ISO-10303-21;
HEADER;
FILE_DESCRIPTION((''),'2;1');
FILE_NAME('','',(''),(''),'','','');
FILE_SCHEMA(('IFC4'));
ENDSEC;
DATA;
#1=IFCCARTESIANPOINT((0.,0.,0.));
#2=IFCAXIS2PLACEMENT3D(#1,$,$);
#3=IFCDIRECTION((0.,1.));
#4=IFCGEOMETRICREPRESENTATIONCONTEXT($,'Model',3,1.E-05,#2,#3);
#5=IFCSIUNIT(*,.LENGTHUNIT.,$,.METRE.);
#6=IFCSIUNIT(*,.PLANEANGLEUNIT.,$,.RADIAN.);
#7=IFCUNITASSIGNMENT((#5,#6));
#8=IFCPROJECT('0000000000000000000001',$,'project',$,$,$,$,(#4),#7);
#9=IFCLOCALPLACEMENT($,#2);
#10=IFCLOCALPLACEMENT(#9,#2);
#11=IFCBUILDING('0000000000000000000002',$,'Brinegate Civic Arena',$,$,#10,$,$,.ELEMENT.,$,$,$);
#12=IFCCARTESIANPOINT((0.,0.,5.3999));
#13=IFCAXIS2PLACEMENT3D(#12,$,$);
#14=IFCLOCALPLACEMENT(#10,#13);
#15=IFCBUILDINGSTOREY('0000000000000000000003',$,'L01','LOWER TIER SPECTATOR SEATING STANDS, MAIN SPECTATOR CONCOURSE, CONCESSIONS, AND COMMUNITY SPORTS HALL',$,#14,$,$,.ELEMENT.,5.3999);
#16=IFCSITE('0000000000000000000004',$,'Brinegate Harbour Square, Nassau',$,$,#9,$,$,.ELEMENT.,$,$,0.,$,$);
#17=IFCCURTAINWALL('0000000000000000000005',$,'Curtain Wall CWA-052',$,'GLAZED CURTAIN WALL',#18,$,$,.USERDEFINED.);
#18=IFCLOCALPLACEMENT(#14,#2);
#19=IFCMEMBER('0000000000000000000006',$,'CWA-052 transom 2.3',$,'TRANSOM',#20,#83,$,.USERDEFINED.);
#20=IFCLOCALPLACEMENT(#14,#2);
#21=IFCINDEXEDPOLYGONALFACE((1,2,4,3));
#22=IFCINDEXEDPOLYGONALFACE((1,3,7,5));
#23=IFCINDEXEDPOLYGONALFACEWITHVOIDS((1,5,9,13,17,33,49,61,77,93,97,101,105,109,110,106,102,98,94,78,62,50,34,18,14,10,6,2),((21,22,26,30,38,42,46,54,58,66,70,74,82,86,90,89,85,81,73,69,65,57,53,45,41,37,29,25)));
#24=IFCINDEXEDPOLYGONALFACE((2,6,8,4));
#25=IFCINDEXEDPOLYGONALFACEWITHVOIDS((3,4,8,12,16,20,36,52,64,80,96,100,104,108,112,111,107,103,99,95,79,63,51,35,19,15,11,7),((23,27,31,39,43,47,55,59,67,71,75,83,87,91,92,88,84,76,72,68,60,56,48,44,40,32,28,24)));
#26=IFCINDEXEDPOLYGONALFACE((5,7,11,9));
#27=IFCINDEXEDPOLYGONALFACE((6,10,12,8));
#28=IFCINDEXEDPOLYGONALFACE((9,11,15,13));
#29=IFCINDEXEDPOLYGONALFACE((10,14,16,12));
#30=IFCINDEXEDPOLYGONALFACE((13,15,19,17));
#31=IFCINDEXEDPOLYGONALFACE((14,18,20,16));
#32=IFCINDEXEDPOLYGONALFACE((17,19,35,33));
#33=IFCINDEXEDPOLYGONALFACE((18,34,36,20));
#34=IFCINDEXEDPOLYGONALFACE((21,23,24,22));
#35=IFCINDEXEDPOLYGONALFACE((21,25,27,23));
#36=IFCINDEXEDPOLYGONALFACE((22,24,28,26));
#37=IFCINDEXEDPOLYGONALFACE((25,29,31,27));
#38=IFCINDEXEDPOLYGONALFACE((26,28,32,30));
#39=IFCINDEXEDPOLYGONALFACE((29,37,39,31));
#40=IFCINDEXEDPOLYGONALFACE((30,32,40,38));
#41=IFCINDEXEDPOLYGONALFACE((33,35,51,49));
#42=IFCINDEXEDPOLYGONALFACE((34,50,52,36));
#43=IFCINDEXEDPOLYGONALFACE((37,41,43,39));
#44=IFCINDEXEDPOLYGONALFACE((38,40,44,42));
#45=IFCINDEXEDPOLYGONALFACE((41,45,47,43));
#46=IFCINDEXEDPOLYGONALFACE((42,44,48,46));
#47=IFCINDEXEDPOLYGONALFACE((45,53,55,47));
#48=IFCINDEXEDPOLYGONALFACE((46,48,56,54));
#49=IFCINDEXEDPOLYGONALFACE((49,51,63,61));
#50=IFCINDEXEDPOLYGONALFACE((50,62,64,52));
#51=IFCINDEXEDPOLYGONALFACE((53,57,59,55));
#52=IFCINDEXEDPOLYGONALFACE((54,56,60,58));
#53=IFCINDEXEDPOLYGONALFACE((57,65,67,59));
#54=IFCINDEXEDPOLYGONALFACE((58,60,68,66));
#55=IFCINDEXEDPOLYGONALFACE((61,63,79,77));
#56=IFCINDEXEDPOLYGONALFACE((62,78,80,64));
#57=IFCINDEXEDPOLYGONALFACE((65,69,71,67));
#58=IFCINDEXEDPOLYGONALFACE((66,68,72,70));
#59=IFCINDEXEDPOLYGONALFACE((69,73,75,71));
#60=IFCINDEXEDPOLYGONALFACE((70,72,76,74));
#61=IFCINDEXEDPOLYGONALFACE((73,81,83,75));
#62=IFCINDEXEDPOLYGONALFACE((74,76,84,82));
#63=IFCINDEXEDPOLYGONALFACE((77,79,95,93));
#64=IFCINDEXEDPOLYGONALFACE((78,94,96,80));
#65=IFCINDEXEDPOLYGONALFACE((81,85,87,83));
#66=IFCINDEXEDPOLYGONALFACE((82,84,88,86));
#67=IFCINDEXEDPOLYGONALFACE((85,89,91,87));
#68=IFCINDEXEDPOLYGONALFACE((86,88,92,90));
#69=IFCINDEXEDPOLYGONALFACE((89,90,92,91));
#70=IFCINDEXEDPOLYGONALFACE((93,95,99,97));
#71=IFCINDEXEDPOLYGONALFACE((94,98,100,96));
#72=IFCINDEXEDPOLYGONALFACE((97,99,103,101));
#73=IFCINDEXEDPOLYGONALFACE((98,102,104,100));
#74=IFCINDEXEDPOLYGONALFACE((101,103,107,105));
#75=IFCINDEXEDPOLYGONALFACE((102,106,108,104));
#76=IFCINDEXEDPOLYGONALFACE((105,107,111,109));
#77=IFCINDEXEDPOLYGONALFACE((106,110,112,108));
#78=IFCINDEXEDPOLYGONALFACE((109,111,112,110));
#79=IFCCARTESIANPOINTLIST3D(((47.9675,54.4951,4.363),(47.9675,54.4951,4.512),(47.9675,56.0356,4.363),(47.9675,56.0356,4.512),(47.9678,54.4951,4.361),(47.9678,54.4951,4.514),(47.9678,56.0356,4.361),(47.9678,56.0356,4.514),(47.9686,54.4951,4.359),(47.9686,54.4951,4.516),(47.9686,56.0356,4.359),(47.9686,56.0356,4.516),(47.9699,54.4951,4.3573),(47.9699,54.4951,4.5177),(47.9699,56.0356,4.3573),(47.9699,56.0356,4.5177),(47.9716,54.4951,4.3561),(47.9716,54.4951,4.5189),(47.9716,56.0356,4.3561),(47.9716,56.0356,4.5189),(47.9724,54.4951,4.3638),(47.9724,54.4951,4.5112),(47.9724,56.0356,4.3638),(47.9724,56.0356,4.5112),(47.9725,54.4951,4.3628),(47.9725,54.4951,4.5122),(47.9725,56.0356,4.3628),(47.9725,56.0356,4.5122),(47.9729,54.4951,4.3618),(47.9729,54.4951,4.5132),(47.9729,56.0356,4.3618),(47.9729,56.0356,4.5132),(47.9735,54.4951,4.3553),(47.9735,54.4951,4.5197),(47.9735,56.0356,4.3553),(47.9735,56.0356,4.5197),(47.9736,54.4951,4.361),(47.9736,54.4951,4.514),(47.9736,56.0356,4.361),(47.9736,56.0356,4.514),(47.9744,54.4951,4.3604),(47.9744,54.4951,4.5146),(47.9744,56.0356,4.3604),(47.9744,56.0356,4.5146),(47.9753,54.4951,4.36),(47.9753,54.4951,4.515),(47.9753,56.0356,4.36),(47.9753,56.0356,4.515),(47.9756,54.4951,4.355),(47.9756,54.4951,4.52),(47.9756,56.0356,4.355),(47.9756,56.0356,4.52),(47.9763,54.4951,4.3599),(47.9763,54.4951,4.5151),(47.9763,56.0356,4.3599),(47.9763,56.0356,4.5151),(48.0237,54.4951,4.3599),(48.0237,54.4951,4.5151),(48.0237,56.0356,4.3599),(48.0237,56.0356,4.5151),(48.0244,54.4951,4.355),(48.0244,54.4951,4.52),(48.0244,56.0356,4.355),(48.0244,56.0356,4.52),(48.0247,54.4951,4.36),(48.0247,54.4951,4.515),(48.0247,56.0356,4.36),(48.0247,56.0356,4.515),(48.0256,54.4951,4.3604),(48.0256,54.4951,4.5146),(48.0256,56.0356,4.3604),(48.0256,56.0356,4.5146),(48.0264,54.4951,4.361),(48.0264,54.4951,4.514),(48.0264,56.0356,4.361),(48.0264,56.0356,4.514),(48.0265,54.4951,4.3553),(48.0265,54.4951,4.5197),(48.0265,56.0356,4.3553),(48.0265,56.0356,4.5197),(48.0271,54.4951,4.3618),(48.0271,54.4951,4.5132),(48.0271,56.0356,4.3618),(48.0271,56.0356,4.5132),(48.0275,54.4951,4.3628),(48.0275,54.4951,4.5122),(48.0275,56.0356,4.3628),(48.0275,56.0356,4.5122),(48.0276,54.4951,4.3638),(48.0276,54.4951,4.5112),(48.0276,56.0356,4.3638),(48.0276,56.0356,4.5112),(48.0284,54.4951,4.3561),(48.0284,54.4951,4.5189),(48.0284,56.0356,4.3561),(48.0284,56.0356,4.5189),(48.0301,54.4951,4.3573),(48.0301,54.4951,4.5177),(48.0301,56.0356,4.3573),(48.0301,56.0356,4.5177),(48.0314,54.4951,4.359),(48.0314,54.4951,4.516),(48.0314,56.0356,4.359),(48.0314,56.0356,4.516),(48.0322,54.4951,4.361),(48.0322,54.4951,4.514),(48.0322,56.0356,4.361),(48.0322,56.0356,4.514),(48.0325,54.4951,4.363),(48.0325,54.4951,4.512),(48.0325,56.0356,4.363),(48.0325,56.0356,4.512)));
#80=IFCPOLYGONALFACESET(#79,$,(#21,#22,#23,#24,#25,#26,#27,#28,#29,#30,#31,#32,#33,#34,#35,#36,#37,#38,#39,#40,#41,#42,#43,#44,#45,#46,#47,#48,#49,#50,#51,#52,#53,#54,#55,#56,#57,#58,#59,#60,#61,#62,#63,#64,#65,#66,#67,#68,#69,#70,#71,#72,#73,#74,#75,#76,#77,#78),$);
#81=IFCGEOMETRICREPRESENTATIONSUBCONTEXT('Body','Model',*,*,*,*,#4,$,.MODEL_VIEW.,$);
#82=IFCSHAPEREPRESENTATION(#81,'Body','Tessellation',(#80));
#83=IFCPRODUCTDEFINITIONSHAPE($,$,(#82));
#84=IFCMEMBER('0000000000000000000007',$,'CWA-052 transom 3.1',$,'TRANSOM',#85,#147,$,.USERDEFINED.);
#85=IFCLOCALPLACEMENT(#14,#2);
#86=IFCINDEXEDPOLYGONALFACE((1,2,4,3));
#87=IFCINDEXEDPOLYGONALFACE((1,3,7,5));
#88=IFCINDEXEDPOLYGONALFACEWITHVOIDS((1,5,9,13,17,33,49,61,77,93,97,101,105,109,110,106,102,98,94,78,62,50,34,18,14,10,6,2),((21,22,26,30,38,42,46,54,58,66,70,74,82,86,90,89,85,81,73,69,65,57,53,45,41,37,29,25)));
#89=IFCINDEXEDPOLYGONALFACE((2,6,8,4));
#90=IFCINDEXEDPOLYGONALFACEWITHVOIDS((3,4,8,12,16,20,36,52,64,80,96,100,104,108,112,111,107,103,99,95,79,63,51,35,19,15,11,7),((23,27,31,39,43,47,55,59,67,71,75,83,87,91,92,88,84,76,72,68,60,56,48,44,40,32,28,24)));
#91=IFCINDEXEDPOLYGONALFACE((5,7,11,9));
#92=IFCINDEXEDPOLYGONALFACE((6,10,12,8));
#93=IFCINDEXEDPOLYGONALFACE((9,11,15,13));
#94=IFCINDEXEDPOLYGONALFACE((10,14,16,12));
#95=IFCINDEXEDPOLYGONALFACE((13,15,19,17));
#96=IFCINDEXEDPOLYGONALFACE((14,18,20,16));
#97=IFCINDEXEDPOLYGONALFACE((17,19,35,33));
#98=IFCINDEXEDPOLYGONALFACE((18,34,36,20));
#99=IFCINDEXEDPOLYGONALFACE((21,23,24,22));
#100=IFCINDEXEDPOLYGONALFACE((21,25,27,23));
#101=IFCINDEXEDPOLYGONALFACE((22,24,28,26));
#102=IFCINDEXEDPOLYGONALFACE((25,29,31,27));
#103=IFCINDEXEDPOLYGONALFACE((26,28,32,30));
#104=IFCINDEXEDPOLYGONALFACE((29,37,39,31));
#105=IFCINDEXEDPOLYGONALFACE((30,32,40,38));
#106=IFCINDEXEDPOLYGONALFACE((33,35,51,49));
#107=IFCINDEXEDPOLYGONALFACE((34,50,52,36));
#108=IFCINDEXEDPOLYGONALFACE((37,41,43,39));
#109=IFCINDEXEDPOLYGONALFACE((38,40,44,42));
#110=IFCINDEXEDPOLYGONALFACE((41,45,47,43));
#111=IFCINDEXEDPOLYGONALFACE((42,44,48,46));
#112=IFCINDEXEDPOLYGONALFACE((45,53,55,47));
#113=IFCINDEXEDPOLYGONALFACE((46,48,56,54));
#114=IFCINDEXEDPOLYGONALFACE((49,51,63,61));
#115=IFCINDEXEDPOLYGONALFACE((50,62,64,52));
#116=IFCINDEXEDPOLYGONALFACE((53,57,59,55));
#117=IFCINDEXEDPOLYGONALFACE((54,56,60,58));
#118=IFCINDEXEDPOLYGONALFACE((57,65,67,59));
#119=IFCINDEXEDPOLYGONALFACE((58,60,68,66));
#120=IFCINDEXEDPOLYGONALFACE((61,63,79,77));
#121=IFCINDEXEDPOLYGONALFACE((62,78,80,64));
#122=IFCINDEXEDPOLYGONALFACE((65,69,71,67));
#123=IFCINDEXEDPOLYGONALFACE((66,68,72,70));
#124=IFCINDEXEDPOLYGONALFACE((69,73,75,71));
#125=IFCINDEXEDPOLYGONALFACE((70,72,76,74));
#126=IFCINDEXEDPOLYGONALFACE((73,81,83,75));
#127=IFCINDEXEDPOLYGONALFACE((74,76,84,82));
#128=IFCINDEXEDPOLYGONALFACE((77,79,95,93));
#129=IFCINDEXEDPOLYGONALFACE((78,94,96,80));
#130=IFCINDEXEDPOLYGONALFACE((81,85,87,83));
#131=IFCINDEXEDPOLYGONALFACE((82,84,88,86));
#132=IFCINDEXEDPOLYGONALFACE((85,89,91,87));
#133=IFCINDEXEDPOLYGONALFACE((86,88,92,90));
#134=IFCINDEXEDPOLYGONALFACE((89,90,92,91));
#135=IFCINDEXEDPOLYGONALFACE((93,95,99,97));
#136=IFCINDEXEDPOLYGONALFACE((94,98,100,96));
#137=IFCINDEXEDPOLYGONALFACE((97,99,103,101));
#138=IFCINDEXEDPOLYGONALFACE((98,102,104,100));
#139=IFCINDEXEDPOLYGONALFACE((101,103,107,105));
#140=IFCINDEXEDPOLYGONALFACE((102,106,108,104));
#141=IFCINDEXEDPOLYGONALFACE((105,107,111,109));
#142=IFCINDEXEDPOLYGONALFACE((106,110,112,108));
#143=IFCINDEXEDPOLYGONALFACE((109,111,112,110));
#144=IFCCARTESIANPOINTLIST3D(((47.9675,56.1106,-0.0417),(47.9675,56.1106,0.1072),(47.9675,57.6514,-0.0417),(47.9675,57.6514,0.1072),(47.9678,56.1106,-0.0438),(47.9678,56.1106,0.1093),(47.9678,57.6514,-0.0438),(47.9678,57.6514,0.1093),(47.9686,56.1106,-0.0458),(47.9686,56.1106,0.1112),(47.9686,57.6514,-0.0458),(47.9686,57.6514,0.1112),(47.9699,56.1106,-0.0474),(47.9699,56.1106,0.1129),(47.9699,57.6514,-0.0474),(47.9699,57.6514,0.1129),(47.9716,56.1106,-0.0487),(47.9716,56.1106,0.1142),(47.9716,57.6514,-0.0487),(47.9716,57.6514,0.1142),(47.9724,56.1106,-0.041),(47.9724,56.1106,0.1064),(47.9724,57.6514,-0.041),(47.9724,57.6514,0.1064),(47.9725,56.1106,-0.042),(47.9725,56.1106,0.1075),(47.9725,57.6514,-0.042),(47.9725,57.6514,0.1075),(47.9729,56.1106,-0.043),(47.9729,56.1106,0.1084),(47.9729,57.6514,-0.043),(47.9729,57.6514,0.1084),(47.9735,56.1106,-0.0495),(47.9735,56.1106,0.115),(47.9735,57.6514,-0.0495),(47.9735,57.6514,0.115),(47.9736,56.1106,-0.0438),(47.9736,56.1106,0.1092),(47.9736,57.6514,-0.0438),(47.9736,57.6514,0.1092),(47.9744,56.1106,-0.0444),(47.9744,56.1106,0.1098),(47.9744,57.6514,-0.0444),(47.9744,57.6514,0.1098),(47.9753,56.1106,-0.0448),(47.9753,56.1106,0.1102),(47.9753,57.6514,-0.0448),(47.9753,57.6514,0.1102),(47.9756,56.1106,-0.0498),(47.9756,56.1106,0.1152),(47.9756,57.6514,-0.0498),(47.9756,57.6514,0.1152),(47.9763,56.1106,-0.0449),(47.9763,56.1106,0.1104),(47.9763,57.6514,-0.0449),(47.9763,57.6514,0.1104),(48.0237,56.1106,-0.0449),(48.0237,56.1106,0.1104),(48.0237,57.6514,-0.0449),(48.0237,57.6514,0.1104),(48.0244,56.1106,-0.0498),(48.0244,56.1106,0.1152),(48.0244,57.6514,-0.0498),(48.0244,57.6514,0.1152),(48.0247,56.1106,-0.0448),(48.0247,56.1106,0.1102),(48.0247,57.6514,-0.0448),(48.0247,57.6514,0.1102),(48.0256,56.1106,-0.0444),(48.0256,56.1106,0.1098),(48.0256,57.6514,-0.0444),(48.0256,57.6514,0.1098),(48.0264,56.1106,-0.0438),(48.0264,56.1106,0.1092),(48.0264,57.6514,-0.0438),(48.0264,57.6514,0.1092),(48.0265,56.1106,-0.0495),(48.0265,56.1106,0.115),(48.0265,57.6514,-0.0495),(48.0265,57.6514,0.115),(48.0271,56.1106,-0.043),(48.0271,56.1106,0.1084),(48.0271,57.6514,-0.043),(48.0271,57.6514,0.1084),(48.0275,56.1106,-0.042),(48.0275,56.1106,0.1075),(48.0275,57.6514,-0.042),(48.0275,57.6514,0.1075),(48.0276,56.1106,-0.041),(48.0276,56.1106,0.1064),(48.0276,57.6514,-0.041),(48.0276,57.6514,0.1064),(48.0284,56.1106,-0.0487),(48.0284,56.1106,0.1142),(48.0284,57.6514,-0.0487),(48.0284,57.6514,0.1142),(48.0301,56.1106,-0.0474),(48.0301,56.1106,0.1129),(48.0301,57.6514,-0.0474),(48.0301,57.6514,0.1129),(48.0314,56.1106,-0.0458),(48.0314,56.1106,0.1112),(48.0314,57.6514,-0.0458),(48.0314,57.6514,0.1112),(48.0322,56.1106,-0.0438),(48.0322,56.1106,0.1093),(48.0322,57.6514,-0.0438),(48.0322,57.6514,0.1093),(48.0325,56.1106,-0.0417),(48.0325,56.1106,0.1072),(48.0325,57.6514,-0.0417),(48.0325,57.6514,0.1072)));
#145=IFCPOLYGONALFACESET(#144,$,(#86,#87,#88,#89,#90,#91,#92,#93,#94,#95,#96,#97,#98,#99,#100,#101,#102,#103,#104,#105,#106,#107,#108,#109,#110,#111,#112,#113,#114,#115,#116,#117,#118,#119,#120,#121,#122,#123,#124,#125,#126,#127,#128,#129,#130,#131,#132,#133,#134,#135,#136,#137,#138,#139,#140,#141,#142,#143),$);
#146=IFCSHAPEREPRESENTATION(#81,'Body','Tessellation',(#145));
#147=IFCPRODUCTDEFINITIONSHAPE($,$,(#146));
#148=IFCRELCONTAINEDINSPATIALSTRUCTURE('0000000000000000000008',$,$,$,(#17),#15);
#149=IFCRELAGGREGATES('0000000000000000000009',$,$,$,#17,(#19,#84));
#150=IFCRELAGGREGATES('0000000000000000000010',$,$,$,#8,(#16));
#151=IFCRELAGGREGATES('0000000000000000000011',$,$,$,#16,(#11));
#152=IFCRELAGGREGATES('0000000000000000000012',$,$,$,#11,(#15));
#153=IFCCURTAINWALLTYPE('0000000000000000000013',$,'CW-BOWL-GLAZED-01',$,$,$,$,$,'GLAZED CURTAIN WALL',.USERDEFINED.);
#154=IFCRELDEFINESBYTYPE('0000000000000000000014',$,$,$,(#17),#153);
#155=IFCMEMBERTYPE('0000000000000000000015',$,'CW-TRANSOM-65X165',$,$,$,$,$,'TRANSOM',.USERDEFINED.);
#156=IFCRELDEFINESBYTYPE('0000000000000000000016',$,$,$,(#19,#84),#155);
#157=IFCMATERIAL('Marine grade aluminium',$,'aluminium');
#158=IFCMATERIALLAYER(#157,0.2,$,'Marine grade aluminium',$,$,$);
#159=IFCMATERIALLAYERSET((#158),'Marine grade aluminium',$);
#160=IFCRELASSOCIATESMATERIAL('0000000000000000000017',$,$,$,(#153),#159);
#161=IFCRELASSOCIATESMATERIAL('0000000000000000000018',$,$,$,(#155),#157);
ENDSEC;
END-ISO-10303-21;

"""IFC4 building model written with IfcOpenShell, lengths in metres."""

from ifc_helpers import new_model, si_unit, direction, frame, origin, origin_2d, place, context, subcontext, project, spatial, hollow_rectangle, extrude, material, layer, layer_set, material_profile, profile_set, type_object, element, aggregate, save


model = new_model("IFC4")

# Units and contexts
model_context = context("Model", 3, precision=1e-05, world=origin(), true_north=direction((0.0, 1.0)))
body_context = subcontext(model_context, "Body", "Model", "MODEL_VIEW")
ifc_project = project(units=[si_unit("LENGTHUNIT", "METRE"), si_unit("PLANEANGLEUNIT", "RADIAN")], contexts=[model_context])

# Site, building, storey
site_placement = place(None, origin())
site = spatial("IfcSite", under=ifc_project, at=site_placement, Name="Brinegate Harbour Square, Nassau", CompositionType="ELEMENT", RefElevation=0.0)
building_placement = place(site_placement, origin())
building = spatial("IfcBuilding", under=site, at=building_placement, Name="Brinegate Civic Arena", CompositionType="ELEMENT")
storey_placement = place(building_placement, frame((0.0, 0.0, 5.3999)))
storey = spatial("IfcBuildingStorey", under=building, at=storey_placement, Name="L01", Description="LOWER TIER SPECTATOR SEATING STANDS, MAIN SPECTATOR CONCOURSE, CONCESSIONS, AND COMMUNITY SPORTS HALL", CompositionType="ELEMENT", Elevation=5.3999)

# Curtain wall, members
ifc_material_1 = material(Name="Marine grade aluminium", Category="aluminium")
ifc_layer_1 = layer(ifc_material_1, 0.2, Name="Marine grade aluminium")
ifc_layer_set_1 = layer_set([ifc_layer_1], Name="Marine grade aluminium")
curtain_wall_type = type_object("IfcCurtainWallType", Name="CW-BOWL-GLAZED-01", ElementType="GLAZED CURTAIN WALL", PredefinedType="USERDEFINED", material=ifc_layer_set_1)
curtain_wall_placement = place(storey_placement, origin())
curtain_wall = element("IfcCurtainWall", 1, at=curtain_wall_placement, inside=storey, type_object=curtain_wall_type, Name="Curtain Wall CWA-052", ObjectType="GLAZED CURTAIN WALL", PredefinedType="USERDEFINED")
ifc_material_profile_1 = material_profile(ifc_material_1, hollow_rectangle(XDim=0.0649, YDim=0.165, WallThickness=0.0049, InnerFilletRadius=0.0039, OuterFilletRadius=0.0081, at=origin_2d()), Name="TRN65X165")
ifc_profile_set_1 = profile_set([ifc_material_profile_1], Name="Marine grade aluminium")
member_type_1 = type_object("IfcMemberType", Name="CW-TRANSOM-65X165", ElementType="TRANSOM", PredefinedType="USERDEFINED", material=ifc_profile_set_1)
member_1_placement = place(storey_placement, frame((48.0, 54.4951, 4.4375), z_axis=(0.0, 1.0, 0.0), x_axis=(-1.0, 0.0, 0.0)))
member_1 = element("IfcMember", 2, at=member_1_placement, type_object=member_type_1, Name="CWA-052 transom 2.3", ObjectType="TRANSOM", PredefinedType="USERDEFINED", context=body_context, shape_type="SweptSolid", body=[
    extrude(hollow_rectangle(XDim=0.0649, YDim=0.165, WallThickness=0.0049, InnerFilletRadius=0.0039, OuterFilletRadius=0.0081, at=origin_2d()), origin(), (0.0, 0.0, 1.0), 1.5405),
])
member_2_placement = place(storey_placement, frame((48.0, 56.1106, 0.0327), z_axis=(0.0, 1.0, 0.0), x_axis=(-1.0, 0.0, 0.0)))
member_2 = element("IfcMember", 3, at=member_2_placement, type_object=member_type_1, Name="CWA-052 transom 3.1", ObjectType="TRANSOM", PredefinedType="USERDEFINED", context=body_context, shape_type="SweptSolid", body=[
    extrude(hollow_rectangle(XDim=0.0649, YDim=0.165, WallThickness=0.0049, InnerFilletRadius=0.0039, OuterFilletRadius=0.0081, at=origin_2d()), origin(), (0.0, 0.0, 1.0), 1.5408),
])
aggregate(curtain_wall, [member_1, member_2])

save(model, "model.ifc")
